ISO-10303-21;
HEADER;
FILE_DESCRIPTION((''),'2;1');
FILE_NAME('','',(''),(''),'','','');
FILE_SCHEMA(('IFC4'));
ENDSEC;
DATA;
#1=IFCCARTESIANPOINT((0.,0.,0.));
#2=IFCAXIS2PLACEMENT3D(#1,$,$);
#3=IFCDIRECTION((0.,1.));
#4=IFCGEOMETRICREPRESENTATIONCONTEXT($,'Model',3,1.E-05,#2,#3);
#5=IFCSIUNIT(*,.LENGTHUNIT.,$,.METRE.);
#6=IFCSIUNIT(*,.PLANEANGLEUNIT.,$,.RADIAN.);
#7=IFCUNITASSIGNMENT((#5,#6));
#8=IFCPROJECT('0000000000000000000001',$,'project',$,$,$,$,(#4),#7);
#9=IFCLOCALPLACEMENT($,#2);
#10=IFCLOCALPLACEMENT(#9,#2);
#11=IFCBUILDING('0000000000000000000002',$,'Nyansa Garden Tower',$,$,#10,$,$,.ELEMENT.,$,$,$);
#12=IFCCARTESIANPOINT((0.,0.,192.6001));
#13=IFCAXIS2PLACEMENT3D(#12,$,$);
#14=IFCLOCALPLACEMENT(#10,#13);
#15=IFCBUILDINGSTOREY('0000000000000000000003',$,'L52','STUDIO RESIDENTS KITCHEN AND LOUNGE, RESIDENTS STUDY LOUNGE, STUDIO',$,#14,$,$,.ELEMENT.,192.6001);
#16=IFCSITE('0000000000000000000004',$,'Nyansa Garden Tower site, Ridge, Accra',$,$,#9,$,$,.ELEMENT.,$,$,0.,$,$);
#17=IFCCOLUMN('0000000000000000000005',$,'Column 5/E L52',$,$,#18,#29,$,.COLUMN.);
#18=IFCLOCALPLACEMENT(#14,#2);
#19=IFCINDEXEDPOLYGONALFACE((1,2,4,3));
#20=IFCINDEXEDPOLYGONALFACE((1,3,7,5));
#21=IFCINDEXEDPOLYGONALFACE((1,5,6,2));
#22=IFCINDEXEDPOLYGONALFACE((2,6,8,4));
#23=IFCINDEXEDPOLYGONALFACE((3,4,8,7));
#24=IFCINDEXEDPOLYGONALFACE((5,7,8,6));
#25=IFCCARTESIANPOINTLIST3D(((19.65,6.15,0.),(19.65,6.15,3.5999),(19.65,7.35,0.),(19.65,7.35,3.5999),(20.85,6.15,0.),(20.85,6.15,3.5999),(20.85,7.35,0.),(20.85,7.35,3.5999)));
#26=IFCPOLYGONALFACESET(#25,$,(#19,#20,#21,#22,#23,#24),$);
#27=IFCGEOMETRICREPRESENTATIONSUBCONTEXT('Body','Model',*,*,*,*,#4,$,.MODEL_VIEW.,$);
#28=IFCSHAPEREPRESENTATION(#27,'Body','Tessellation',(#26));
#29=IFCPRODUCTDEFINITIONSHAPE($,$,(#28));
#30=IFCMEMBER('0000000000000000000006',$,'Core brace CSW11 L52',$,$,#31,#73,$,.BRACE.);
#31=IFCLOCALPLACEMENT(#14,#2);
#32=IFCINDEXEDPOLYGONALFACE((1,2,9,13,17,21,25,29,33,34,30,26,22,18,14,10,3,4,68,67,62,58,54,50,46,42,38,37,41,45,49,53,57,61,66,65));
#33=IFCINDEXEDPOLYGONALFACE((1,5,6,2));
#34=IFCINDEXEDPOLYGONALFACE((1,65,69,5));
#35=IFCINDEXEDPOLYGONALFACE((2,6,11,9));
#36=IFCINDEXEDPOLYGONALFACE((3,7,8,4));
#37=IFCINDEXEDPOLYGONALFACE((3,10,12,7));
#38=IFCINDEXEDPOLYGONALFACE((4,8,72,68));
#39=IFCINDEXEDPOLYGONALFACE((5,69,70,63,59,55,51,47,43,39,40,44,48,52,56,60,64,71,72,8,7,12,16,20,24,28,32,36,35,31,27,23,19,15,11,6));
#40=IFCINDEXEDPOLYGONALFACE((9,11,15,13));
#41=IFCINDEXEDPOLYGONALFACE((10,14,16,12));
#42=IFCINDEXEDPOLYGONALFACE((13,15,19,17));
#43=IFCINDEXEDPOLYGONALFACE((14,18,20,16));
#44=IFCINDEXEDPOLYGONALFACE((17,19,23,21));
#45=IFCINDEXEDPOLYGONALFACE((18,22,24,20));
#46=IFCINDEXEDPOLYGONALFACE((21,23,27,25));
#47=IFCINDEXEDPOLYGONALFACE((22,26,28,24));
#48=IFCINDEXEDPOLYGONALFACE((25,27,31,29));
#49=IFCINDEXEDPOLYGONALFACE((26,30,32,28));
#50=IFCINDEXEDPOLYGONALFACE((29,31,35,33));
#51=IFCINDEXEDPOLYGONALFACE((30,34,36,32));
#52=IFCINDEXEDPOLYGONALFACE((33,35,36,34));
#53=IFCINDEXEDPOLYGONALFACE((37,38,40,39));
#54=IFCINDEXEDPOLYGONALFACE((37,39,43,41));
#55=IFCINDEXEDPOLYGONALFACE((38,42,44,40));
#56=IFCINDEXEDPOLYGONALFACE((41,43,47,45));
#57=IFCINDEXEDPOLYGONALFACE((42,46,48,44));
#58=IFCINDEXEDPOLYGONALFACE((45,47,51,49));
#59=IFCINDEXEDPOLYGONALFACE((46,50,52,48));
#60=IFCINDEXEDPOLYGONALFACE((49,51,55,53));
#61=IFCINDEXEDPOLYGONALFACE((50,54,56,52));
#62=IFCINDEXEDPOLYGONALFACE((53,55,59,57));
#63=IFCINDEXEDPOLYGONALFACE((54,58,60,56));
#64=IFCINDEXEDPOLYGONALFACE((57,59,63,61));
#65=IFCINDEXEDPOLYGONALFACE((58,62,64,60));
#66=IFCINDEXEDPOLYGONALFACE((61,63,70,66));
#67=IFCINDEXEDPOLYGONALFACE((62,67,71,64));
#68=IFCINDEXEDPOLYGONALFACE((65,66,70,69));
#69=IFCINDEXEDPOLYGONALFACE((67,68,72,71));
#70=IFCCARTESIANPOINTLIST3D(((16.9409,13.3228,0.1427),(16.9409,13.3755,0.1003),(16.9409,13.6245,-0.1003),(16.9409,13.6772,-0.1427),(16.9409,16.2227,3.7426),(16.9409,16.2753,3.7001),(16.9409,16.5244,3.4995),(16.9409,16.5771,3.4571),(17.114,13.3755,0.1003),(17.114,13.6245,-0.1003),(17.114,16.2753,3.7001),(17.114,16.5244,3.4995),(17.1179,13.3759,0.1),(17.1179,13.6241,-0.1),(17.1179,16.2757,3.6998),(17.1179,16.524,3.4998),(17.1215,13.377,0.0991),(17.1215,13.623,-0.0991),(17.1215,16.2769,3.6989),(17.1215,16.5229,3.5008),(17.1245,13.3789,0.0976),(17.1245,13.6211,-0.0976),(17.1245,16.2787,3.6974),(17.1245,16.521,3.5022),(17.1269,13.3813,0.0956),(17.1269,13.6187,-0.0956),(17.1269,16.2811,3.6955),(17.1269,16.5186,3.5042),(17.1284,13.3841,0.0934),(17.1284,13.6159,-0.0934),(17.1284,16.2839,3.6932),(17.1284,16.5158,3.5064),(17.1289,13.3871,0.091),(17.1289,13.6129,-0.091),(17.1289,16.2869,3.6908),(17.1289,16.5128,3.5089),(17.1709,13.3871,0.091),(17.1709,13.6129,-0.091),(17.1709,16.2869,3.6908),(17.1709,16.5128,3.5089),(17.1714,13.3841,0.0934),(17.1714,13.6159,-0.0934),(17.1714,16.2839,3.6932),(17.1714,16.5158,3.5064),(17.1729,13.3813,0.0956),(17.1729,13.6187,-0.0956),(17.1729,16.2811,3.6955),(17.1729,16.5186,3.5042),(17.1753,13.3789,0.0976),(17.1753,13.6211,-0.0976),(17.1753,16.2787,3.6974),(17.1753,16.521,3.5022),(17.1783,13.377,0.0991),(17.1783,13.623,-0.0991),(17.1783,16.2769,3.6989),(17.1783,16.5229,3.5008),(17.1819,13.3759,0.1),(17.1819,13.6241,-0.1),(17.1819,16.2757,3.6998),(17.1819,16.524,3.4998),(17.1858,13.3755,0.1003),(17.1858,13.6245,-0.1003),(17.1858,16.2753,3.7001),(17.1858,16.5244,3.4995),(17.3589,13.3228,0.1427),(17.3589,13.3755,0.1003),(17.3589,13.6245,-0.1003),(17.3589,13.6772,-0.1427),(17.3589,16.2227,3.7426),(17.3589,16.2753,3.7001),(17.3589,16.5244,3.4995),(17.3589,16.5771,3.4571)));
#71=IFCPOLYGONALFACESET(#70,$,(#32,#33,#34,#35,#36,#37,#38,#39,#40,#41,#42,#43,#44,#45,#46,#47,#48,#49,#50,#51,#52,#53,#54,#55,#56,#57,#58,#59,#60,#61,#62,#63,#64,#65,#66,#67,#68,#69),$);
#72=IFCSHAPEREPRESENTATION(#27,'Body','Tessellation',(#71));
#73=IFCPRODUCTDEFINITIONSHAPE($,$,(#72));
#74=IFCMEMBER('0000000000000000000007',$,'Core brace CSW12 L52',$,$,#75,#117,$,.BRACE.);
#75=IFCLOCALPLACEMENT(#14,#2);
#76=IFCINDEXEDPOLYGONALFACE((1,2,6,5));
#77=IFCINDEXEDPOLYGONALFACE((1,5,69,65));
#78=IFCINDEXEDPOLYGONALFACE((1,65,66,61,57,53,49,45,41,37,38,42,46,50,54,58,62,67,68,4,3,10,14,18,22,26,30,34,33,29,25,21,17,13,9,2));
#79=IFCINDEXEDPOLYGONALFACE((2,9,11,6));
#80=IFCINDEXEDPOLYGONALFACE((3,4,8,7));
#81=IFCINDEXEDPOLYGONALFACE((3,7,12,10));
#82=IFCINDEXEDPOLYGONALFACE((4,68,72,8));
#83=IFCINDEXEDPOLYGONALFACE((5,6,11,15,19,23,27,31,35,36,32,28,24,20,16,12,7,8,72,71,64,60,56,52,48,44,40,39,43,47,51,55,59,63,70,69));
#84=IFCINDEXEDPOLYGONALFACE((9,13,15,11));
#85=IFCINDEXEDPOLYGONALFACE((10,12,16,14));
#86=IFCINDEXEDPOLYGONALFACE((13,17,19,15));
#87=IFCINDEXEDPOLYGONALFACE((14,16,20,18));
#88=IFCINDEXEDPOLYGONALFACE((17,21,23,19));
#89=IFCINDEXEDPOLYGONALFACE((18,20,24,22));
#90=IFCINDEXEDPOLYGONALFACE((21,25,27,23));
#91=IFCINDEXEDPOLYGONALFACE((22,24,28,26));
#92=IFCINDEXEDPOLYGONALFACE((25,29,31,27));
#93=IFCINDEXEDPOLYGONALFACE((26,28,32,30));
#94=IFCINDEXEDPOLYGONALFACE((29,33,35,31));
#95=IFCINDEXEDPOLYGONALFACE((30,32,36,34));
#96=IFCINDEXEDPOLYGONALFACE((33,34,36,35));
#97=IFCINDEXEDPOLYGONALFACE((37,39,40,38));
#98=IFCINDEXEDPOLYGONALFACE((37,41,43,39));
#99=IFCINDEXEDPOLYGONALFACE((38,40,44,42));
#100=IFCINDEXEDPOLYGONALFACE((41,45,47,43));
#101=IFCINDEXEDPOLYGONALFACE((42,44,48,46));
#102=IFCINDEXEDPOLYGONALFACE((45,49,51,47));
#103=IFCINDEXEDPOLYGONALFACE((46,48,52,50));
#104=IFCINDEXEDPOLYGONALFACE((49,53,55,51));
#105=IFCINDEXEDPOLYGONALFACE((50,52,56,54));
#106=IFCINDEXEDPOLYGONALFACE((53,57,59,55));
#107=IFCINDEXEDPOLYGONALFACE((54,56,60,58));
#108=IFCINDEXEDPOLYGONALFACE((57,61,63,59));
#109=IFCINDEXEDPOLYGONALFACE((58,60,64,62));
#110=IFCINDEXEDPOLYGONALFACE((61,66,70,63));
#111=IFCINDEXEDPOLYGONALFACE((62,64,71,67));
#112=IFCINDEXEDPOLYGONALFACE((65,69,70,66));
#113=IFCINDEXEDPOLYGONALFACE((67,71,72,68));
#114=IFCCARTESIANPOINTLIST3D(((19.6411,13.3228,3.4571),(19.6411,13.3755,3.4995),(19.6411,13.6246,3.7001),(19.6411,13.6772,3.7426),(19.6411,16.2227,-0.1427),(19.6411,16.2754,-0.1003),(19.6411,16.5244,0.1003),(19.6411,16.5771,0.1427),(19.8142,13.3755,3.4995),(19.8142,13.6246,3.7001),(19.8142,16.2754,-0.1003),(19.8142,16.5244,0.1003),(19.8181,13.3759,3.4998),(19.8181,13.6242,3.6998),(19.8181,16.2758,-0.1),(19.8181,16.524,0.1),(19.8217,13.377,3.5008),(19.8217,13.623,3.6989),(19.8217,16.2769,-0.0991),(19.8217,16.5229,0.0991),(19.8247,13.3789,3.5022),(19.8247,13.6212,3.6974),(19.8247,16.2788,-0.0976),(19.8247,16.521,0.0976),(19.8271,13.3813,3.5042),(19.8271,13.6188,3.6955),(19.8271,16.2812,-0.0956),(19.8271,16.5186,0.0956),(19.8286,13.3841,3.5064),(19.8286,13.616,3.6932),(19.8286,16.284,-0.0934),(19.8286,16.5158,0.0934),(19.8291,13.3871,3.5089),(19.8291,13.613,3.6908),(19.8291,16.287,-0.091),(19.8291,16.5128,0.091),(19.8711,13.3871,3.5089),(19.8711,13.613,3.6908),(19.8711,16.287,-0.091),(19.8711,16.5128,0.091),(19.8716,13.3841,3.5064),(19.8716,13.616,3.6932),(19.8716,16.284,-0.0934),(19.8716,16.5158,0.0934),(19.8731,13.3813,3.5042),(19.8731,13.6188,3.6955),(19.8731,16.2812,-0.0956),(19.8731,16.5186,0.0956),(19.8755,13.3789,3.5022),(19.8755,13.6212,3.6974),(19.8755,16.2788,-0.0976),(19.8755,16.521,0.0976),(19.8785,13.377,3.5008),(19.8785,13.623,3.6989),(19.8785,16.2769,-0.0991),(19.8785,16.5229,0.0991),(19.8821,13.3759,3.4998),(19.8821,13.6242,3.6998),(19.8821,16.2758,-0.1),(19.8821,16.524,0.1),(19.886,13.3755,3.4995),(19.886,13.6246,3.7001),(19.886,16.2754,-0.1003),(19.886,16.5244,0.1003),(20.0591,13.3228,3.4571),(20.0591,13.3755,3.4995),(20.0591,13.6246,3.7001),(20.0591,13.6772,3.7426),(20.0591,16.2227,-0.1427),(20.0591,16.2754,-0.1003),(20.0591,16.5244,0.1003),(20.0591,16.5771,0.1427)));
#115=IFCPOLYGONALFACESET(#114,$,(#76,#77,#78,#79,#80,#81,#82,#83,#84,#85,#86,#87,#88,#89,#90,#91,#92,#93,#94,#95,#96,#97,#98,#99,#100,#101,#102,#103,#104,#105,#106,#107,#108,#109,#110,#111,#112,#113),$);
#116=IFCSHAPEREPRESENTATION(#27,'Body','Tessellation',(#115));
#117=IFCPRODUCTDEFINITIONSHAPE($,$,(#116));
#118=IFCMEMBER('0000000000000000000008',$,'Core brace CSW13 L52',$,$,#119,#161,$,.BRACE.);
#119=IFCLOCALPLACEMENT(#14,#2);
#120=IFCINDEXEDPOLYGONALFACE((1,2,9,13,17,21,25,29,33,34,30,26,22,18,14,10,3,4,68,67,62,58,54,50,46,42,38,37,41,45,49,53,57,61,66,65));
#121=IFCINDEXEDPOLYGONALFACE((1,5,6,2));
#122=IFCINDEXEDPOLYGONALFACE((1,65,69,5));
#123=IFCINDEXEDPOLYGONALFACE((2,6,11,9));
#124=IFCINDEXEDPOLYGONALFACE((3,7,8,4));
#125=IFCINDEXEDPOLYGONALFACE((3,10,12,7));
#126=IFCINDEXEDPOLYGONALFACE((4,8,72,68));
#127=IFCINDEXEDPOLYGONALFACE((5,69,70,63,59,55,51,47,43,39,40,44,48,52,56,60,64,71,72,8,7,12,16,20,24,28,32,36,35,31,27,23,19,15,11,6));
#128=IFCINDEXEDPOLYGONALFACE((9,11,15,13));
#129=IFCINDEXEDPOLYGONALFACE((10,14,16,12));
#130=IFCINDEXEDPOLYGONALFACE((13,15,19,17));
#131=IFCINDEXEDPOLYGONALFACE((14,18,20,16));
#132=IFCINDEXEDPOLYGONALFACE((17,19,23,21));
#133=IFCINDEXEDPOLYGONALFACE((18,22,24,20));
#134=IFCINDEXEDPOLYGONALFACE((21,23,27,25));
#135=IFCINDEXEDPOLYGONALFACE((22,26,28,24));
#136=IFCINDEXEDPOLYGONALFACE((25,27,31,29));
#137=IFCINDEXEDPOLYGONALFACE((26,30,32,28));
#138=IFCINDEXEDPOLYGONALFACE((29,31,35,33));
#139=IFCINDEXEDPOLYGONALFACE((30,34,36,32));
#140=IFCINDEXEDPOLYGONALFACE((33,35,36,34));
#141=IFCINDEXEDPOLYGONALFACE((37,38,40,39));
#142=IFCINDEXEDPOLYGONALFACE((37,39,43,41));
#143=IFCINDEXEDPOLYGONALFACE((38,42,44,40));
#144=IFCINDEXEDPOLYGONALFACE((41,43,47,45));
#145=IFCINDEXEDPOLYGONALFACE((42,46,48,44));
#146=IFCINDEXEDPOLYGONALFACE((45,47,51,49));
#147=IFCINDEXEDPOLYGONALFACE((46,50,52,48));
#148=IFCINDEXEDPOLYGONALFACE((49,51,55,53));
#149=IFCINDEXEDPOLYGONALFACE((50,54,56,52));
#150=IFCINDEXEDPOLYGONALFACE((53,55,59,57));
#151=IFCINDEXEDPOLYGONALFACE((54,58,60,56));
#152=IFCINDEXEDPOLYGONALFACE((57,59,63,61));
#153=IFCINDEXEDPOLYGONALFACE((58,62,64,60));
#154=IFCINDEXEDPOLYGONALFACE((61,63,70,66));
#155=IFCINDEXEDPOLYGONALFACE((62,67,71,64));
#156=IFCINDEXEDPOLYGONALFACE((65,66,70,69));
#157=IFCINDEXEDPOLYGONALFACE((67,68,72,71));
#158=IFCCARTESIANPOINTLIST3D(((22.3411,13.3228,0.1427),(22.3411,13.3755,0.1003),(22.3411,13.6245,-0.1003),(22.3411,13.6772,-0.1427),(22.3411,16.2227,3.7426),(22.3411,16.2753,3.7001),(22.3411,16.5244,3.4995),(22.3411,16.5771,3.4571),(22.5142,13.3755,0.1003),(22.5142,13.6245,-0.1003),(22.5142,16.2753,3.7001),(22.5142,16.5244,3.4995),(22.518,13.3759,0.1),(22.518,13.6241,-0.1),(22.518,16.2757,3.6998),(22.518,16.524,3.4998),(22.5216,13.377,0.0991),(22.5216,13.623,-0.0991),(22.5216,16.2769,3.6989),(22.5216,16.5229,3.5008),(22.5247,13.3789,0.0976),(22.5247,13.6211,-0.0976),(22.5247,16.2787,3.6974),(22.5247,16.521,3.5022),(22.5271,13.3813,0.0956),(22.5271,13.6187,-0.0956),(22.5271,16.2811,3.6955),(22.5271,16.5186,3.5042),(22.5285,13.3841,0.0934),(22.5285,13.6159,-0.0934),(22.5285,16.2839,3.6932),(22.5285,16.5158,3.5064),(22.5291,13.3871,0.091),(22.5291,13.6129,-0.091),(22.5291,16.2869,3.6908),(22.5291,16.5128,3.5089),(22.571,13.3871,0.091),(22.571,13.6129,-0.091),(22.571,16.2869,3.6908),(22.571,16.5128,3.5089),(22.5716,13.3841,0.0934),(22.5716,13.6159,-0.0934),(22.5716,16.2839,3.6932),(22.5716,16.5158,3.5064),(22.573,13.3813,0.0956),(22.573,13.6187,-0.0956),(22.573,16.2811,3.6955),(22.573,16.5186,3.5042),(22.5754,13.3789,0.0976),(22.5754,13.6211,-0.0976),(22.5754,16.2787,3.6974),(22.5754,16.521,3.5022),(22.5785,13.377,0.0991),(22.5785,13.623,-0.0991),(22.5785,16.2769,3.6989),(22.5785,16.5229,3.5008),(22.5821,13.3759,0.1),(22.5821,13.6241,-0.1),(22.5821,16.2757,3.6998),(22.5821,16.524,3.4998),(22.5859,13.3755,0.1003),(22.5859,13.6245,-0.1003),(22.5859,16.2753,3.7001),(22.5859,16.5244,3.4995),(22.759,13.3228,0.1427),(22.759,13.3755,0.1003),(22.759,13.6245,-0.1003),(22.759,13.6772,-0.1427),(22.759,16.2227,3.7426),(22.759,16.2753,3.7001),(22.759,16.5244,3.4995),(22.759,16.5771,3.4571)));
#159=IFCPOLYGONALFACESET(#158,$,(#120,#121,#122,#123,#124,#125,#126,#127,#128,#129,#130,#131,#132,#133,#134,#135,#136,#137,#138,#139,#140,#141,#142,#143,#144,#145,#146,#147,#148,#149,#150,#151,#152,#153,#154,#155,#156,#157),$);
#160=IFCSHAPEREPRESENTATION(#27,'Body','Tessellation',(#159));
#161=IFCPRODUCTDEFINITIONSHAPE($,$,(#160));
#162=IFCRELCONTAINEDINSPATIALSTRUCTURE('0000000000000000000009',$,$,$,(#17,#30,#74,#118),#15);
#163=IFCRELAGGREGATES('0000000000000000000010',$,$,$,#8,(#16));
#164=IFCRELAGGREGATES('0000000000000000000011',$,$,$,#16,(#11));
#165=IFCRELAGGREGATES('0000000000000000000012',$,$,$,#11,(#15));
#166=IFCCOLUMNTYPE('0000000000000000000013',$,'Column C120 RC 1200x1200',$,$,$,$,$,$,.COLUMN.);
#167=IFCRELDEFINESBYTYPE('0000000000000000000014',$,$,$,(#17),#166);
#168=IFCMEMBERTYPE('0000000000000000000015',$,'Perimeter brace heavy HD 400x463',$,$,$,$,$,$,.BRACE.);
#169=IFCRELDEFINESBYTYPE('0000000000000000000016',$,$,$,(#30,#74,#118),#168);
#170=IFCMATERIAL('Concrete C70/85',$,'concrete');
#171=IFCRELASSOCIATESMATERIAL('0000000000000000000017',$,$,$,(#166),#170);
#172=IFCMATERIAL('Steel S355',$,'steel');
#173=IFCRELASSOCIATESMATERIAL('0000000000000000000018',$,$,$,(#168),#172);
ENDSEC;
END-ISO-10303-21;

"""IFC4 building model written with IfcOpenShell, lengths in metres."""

from ifc_helpers import new_model, si_unit, direction, frame, origin, origin_2d, place, context, subcontext, project, spatial, rectangle, i_section, extrude, material, material_profile, profile_set, type_object, element, save


model = new_model("IFC4")

# Units and contexts
model_context = context("Model", 3, precision=1e-05, world=origin(), true_north=direction((0.0, 1.0)))
body_context = subcontext(model_context, "Body", "Model", "MODEL_VIEW")
ifc_project = project(units=[si_unit("LENGTHUNIT", "METRE"), si_unit("PLANEANGLEUNIT", "RADIAN")], contexts=[model_context])

# Site, building, storey
site_placement = place(None, origin())
site = spatial("IfcSite", under=ifc_project, at=site_placement, Name="Nyansa Garden Tower site, Ridge, Accra", CompositionType="ELEMENT", RefElevation=0.0)
building_placement = place(site_placement, origin())
building = spatial("IfcBuilding", under=site, at=building_placement, Name="Nyansa Garden Tower", CompositionType="ELEMENT")
storey_placement = place(building_placement, frame((0.0, 0.0, 192.6001)))
storey = spatial("IfcBuildingStorey", under=building, at=storey_placement, Name="L52", Description="STUDIO RESIDENTS KITCHEN AND LOUNGE, RESIDENTS STUDY LOUNGE, STUDIO", CompositionType="ELEMENT", Elevation=192.6001)

# Column
ifc_material_1 = material(Name="Concrete C70/85", Category="concrete")
ifc_material_profile_1 = material_profile(ifc_material_1, rectangle(XDim=1.2, YDim=1.2, at=origin_2d()), Name="RC 1200x1200")
ifc_profile_set_1 = profile_set([ifc_material_profile_1], Name="Concrete C70/85")
column_type = type_object("IfcColumnType", Name="Column C120 RC 1200x1200", PredefinedType="COLUMN", material=ifc_profile_set_1)
column_placement = place(storey_placement, frame((20.25, 6.75, 0.0), z_axis=(0.0, 0.0, 1.0), x_axis=(1.0, 0.0, 0.0)))
element("IfcColumn", 1, at=column_placement, inside=storey, type_object=column_type, Name="Column 5/E L52", PredefinedType="COLUMN", context=body_context, shape_type="SweptSolid", body=[
    extrude(rectangle(XDim=1.2, YDim=1.2, at=origin_2d()), origin(), (0.0, 0.0, 1.0), 3.5999),
])

# Members
ifc_material_2 = material(Name="Steel S355", Category="steel")
ifc_material_profile_2 = material_profile(ifc_material_2, i_section(OverallWidth=0.418, OverallDepth=0.4551, WebThickness=0.042, FlangeThickness=0.0676, FilletRadius=0.0149, at=origin_2d()), Name="HD 400x463")
ifc_profile_set_2 = profile_set([ifc_material_profile_2], Name="Steel S355")
member_type = type_object("IfcMemberType", Name="Perimeter brace heavy HD 400x463", PredefinedType="BRACE", material=ifc_profile_set_2)
for number, where, z_axis, x_axis, name in (
    (2, (17.1499, 13.5, 0.0), (0.0, 0.627332, 0.778752), (-1.0, 0.0, 0.0), "Core brace CSW11 L52"),
    (3, (19.8501, 16.3999, 0.0), (0.0, -0.627332, 0.778752), (1.0, 0.0, 0.0), "Core brace CSW12 L52"),
    (4, (22.55, 13.5, 0.0), (0.0, 0.627332, 0.778752), (-1.0, 0.0, 0.0), "Core brace CSW13 L52"),
):
    element("IfcMember", number, at=place(storey_placement, frame(where, z_axis=z_axis, x_axis=x_axis)), inside=storey, type_object=member_type, Name=name, PredefinedType="BRACE", context=body_context, shape_type="SweptSolid", body=[
        extrude(i_section(OverallWidth=0.418, OverallDepth=0.4551, WebThickness=0.042, FlangeThickness=0.0676, FilletRadius=0.0149, at=origin_2d()), origin(), (0.0, 0.0, 1.0), 4.6226),
    ])

save(model, "model.ifc")
